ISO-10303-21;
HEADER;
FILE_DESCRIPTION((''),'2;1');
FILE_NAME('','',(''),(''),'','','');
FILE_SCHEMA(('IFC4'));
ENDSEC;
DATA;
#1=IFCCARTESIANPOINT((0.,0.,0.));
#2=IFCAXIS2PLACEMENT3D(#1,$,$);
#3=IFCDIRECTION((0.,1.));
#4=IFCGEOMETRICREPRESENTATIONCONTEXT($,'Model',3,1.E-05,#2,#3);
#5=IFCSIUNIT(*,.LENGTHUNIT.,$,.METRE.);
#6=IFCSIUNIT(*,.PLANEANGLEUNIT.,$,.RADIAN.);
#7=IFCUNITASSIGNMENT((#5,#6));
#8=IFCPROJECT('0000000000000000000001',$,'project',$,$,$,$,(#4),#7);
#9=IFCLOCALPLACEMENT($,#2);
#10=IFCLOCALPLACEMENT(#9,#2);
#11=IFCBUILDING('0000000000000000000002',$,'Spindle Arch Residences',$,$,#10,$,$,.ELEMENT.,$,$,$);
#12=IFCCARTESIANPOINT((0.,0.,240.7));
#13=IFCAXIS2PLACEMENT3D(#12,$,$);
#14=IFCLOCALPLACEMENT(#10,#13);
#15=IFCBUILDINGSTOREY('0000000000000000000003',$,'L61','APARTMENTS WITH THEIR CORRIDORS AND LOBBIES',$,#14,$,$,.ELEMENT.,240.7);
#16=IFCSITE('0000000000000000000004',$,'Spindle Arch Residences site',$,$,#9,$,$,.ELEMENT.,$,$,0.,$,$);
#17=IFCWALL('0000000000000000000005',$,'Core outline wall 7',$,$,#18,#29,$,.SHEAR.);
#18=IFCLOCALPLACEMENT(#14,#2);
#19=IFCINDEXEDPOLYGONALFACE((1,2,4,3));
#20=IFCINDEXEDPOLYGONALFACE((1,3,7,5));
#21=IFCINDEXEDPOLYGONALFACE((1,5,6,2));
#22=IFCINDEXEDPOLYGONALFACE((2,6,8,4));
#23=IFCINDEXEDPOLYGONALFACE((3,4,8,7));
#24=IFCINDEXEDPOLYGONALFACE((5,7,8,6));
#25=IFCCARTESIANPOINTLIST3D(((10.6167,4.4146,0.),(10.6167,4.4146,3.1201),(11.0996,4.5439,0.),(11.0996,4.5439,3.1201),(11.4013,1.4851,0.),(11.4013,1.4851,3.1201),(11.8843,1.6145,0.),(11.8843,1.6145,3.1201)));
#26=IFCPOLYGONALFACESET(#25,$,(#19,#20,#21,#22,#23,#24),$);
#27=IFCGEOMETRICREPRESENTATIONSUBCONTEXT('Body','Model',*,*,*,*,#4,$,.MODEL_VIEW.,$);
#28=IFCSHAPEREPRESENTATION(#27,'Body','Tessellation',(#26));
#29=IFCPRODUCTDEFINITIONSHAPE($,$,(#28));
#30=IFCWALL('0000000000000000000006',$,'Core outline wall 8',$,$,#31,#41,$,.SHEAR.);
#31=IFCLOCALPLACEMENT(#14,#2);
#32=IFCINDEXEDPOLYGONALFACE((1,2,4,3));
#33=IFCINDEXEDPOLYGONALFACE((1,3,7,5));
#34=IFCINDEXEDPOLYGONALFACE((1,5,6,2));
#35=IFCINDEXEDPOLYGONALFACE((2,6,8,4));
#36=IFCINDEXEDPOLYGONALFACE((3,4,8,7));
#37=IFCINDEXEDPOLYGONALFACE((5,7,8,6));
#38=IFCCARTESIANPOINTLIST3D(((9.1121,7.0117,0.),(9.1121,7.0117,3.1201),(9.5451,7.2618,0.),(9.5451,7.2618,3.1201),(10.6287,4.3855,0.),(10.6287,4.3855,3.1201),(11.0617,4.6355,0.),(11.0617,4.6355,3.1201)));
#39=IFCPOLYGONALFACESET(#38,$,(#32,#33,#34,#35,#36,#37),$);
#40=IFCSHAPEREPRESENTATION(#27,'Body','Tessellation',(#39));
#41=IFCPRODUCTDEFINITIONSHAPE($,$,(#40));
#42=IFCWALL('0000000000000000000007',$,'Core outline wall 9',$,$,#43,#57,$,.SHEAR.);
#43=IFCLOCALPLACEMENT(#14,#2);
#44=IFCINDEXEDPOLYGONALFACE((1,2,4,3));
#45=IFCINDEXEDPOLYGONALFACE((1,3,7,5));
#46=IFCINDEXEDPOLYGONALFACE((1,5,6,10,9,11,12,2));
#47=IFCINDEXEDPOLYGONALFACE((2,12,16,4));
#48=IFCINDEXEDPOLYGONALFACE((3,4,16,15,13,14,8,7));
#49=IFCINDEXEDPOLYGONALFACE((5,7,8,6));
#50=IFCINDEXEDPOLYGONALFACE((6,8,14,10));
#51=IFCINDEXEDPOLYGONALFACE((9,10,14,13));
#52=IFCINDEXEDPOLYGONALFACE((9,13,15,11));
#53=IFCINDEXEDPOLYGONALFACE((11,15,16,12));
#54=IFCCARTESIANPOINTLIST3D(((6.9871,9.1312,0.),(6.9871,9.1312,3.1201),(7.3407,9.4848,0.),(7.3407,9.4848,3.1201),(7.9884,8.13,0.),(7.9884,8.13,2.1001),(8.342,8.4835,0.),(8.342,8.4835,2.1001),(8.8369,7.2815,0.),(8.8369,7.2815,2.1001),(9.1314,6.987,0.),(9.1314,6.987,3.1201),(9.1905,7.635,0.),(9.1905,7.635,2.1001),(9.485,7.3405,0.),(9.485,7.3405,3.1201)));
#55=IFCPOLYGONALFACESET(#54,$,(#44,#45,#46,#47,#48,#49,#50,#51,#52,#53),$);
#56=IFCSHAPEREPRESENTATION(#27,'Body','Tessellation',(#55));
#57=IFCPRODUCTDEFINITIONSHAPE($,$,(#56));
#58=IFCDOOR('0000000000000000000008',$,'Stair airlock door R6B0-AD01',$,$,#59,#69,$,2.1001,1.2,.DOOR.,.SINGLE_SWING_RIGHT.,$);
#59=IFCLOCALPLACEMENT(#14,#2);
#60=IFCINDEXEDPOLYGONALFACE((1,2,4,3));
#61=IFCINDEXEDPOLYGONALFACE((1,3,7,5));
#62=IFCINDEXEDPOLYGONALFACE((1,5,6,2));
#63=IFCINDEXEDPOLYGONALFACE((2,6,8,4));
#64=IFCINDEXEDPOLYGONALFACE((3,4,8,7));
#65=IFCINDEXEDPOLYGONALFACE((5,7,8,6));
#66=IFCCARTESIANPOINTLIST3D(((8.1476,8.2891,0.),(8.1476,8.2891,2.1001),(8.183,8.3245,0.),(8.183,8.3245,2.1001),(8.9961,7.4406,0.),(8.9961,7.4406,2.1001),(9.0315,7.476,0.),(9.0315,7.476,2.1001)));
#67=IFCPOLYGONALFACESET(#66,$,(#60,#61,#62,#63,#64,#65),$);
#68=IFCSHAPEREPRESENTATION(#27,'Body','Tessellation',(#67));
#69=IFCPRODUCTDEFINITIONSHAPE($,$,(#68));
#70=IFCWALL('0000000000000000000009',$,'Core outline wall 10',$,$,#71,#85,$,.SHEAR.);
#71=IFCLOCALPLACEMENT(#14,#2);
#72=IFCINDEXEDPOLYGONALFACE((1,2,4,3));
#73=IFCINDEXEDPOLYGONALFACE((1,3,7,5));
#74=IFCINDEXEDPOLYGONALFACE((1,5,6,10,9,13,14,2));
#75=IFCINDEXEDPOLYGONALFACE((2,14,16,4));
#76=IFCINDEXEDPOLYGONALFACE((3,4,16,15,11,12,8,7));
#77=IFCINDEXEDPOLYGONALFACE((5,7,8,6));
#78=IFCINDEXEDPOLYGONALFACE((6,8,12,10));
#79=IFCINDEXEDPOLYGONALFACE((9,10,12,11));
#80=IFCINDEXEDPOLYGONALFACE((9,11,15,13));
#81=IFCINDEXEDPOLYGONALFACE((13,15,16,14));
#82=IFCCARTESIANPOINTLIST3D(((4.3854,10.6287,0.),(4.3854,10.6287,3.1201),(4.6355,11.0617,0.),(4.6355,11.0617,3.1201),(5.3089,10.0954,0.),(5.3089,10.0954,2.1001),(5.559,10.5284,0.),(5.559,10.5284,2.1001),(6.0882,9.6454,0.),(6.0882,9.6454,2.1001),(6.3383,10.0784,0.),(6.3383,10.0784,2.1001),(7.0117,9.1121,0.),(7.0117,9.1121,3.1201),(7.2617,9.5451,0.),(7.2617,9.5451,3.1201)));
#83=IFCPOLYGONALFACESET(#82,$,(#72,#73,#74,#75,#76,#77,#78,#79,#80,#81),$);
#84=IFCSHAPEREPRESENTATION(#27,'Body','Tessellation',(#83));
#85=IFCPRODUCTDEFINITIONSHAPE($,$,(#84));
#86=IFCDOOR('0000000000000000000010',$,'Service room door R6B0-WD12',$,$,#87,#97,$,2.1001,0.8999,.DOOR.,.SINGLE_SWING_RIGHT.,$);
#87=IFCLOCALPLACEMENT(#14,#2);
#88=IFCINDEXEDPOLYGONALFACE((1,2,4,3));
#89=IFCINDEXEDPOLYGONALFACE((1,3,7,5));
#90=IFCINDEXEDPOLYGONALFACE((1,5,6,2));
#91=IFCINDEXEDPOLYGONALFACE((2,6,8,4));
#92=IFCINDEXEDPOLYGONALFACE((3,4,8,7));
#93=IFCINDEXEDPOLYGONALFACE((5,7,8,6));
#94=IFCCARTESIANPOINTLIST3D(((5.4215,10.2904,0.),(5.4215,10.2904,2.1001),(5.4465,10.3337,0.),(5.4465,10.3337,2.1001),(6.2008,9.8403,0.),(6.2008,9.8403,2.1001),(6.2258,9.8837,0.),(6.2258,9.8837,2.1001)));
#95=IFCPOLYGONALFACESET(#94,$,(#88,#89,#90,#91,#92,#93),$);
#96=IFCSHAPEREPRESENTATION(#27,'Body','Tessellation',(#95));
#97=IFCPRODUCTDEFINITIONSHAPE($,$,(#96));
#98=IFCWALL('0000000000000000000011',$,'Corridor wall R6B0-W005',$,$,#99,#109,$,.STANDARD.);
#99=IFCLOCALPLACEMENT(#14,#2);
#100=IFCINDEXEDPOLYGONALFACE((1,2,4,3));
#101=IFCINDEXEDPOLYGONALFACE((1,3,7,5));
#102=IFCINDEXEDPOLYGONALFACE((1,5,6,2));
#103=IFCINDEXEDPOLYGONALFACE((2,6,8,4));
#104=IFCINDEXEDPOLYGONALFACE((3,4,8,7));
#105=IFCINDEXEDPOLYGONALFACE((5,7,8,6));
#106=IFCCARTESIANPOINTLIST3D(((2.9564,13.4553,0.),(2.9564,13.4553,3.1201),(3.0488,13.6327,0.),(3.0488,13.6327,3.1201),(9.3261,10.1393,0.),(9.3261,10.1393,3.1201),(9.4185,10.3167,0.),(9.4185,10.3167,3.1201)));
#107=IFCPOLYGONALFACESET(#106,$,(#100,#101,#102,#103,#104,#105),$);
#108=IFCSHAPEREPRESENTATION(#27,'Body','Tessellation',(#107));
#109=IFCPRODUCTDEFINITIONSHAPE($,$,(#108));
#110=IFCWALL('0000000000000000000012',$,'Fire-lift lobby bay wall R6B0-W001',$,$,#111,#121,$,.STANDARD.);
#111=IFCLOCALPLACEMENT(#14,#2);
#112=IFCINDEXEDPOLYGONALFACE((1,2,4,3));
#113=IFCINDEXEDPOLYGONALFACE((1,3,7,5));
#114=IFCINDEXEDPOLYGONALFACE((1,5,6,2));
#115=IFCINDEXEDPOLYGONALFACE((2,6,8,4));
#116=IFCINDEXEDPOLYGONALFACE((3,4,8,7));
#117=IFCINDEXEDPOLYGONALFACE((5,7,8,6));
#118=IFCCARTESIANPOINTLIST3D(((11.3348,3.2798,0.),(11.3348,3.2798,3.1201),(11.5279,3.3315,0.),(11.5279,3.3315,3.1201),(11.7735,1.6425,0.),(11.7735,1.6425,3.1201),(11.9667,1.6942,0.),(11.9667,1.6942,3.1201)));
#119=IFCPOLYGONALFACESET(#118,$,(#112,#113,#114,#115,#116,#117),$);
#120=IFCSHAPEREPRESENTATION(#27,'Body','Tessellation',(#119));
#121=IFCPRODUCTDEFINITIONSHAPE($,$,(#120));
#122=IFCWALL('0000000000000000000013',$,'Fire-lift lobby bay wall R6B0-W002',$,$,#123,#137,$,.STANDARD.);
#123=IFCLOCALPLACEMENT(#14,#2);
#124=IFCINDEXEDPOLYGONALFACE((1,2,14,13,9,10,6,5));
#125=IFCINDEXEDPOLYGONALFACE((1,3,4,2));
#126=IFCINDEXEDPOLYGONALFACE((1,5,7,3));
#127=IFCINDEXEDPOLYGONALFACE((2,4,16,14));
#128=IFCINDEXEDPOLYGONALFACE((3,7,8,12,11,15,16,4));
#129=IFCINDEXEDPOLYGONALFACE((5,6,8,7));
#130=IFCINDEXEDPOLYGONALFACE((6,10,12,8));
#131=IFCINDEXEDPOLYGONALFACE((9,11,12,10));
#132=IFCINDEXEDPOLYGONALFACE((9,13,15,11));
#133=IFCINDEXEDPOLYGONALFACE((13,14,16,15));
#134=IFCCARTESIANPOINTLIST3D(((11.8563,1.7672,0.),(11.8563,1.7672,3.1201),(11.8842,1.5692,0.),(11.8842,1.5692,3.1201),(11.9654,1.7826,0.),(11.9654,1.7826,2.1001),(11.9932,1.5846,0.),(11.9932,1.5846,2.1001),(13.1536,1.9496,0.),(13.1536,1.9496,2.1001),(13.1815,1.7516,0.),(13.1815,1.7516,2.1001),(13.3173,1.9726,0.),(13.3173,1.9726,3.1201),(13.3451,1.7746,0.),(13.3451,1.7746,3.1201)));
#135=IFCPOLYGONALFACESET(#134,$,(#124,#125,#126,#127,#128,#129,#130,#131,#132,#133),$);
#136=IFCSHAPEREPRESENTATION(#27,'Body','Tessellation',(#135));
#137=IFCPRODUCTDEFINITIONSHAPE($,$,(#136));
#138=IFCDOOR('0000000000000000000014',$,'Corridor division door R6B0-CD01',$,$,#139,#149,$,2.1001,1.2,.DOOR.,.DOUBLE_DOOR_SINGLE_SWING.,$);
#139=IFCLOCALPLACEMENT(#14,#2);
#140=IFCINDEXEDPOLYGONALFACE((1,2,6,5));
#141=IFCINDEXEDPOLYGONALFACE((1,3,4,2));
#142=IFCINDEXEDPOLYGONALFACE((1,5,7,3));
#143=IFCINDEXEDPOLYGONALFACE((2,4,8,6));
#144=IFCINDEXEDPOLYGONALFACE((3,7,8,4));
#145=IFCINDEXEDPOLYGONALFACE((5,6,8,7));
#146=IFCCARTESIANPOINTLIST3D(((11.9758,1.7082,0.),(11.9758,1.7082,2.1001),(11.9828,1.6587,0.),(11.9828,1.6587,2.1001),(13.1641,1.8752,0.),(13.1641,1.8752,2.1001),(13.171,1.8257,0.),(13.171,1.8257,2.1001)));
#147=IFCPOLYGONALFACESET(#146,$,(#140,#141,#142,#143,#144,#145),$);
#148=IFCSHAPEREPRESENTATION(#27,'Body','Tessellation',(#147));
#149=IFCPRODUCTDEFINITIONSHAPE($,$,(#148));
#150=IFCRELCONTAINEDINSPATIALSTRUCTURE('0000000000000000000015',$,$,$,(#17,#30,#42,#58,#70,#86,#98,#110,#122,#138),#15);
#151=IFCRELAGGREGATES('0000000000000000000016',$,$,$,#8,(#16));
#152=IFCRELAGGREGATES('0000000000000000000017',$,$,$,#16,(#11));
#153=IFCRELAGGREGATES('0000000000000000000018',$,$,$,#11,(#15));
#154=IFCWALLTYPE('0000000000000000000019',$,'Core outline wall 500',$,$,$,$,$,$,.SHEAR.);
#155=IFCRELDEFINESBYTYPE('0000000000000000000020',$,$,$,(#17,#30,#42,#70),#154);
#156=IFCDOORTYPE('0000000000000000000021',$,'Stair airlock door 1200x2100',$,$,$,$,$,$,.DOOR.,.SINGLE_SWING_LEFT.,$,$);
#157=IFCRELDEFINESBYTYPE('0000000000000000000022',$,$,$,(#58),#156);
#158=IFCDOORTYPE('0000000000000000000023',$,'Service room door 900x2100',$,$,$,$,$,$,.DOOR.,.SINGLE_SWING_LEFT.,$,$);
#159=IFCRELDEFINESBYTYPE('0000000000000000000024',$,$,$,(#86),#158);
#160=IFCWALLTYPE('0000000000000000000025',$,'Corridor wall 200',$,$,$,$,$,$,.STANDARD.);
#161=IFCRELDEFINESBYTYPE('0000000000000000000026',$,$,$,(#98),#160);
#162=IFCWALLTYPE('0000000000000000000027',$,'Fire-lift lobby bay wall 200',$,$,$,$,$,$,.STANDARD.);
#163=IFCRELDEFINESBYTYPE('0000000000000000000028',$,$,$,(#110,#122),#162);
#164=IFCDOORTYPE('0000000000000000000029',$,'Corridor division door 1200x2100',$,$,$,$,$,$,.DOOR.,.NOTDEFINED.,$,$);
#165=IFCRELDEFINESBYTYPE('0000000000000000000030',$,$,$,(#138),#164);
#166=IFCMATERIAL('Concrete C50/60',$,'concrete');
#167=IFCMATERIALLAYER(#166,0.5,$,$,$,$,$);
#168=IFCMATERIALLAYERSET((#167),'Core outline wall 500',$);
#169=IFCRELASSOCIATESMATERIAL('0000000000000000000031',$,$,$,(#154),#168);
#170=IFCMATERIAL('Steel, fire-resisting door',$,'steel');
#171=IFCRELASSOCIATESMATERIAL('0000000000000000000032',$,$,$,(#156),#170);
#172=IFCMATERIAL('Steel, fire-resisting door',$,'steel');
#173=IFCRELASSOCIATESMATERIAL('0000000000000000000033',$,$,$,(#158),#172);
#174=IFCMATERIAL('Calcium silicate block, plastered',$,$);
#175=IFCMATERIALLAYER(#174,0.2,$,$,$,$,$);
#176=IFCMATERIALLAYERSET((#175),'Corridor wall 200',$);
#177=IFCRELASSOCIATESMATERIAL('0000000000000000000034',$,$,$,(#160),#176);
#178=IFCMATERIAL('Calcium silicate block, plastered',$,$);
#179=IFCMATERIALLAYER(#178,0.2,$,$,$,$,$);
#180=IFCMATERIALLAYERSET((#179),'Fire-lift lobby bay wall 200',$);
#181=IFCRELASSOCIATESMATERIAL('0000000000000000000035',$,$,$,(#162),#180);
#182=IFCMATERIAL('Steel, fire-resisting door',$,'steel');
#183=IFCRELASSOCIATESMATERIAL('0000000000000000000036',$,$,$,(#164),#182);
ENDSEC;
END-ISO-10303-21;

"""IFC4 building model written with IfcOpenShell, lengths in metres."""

from ifc_helpers import new_model, si_unit, direction, frame, frame_2d, origin, place, context, subcontext, project, spatial, rectangle, extrude, material, layer, layer_set, type_object, element, fill, save


model = new_model("IFC4")

# Units and contexts
model_context = context("Model", 3, precision=1e-05, world=origin(), true_north=direction((0.0, 1.0)))
body_context = subcontext(model_context, "Body", "Model", "MODEL_VIEW")
ifc_project = project(units=[si_unit("LENGTHUNIT", "METRE"), si_unit("PLANEANGLEUNIT", "RADIAN")], contexts=[model_context])

# Site, building, storey
site_placement = place(None, origin())
site = spatial("IfcSite", under=ifc_project, at=site_placement, Name="Spindle Arch Residences site", CompositionType="ELEMENT", RefElevation=0.0)
building_placement = place(site_placement, origin())
building = spatial("IfcBuilding", under=site, at=building_placement, Name="Spindle Arch Residences", CompositionType="ELEMENT")
storey_placement = place(building_placement, frame((0.0, 0.0, 240.7)))
storey = spatial("IfcBuildingStorey", under=building, at=storey_placement, Name="L61", Description="APARTMENTS WITH THEIR CORRIDORS AND LOBBIES", CompositionType="ELEMENT", Elevation=240.7)

# Walls
ifc_material_1 = material(Name="Concrete C50/60", Category="concrete")
ifc_layer_1 = layer(ifc_material_1, 0.5)
ifc_layer_set_1 = layer_set([ifc_layer_1], Name="Core outline wall 500")
wall_type_1 = type_object("IfcWallType", Name="Core outline wall 500", PredefinedType="SHEAR", material=ifc_layer_set_1)
for number, where, z_axis, x_axis, name in (
    (1, (11.6428, 1.5498, 0.0), (0.0, 0.0, 1.0), (-0.258735, 0.965948, 0.0), "Core outline wall 7"),
    (2, (10.8452, 4.5105, 0.0), (0.0, 0.0, 1.0), (-0.500087, 0.865975, 0.0), "Core outline wall 8"),
):
    element("IfcWall", number, at=place(storey_placement, frame(where, z_axis=z_axis, x_axis=x_axis)), inside=storey, type_object=wall_type_1, Name=name, PredefinedType="SHEAR", context=body_context, shape_type="SweptSolid", body=[
        extrude(rectangle(XDim=3.0327, YDim=0.5, at=frame_2d((1.5164, 0.0))), origin(), (0.0, 0.0, 1.0), 3.1201),
    ])

# Walls, openings, doors
wall_1_placement = place(storey_placement, frame((9.3081, 7.1638, 0.0), z_axis=(0.0, 0.0, 1.0), x_axis=(-0.707107, 0.707107, 0.0)))
wall_1 = element("IfcWall", 3, at=wall_1_placement, inside=storey, type_object=wall_type_1, Name="Core outline wall 9", PredefinedType="SHEAR", context=body_context, shape_type="SweptSolid", body=[
    extrude(rectangle(XDim=3.0325, YDim=0.5, at=frame_2d((1.5161, 0.0))), origin(), (0.0, 0.0, 1.0), 3.1201),
])
opening_1_placement = place(wall_1_placement, frame((0.4163, 0.0, 0.0)))
opening_1 = element("IfcOpeningElement", 4, at=opening_1_placement, cuts=wall_1, PredefinedType="OPENING", context=body_context, shape_type="SweptSolid", body=[
    extrude(rectangle(XDim=1.2, YDim=2.1001, at=frame_2d((0.6001, 1.05))), frame((0.0, 0.26, 0.0), z_axis=(0.0, -1.0, 0.0), x_axis=(1.0, 0.0, 0.0)), (0.0, 0.0, 1.0), 0.52),
])
ifc_material_2 = material(Name="Steel, fire-resisting door", Category="steel")
door_type_1 = type_object("IfcDoorType", Name="Stair airlock door 1200x2100", OperationType="SINGLE_SWING_LEFT", PredefinedType="DOOR", material=ifc_material_2)
door_1_placement = place(opening_1_placement, origin())
door_1 = element("IfcDoor", 5, at=door_1_placement, inside=storey, type_object=door_type_1, Name="Stair airlock door R6B0-AD01", OperationType="SINGLE_SWING_RIGHT", OverallHeight=2.1001, OverallWidth=1.2, PredefinedType="DOOR", context=body_context, shape_type="SweptSolid", body=[
    extrude(rectangle(XDim=1.2, YDim=2.1001, at=frame_2d((0.6001, 1.05))), frame((0.0, 0.0249, 0.0), z_axis=(0.0, -1.0, 0.0), x_axis=(1.0, 0.0, 0.0)), (0.0, 0.0, 1.0), 0.05),
])
fill(opening_1, door_1)
wall_2_placement = place(storey_placement, frame((7.1367, 9.3286, 0.0), z_axis=(0.0, 0.0, 1.0), x_axis=(-0.865975, 0.500087, 0.0)))
wall_2 = element("IfcWall", 6, at=wall_2_placement, inside=storey, type_object=wall_type_1, Name="Core outline wall 10", PredefinedType="SHEAR", context=body_context, shape_type="SweptSolid", body=[
    extrude(rectangle(XDim=3.0327, YDim=0.5, at=frame_2d((1.5164, 0.0))), origin(), (0.0, 0.0, 1.0), 3.1201),
])
opening_2_placement = place(wall_2_placement, frame((1.0664, 0.0, 0.0)))
opening_2 = element("IfcOpeningElement", 7, at=opening_2_placement, cuts=wall_2, PredefinedType="OPENING", context=body_context, shape_type="SweptSolid", body=[
    extrude(rectangle(XDim=0.8999, YDim=2.1001, at=frame_2d((0.45, 1.05))), frame((0.0, 0.26, 0.0), z_axis=(0.0, -1.0, 0.0), x_axis=(1.0, 0.0, 0.0)), (0.0, 0.0, 1.0), 0.52),
])
ifc_material_3 = material(Name="Steel, fire-resisting door", Category="steel")
door_type_2 = type_object("IfcDoorType", Name="Service room door 900x2100", OperationType="SINGLE_SWING_LEFT", PredefinedType="DOOR", material=ifc_material_3)
door_2_placement = place(opening_2_placement, origin())
door_2 = element("IfcDoor", 8, at=door_2_placement, inside=storey, type_object=door_type_2, Name="Service room door R6B0-WD12", OperationType="SINGLE_SWING_RIGHT", OverallHeight=2.1001, OverallWidth=0.8999, PredefinedType="DOOR", context=body_context, shape_type="SweptSolid", body=[
    extrude(rectangle(XDim=0.8999, YDim=2.1001, at=frame_2d((0.45, 1.05))), frame((0.0, 0.0249, 0.0), z_axis=(0.0, -1.0, 0.0), x_axis=(1.0, 0.0, 0.0)), (0.0, 0.0, 1.0), 0.05),
])
fill(opening_2, door_2)

# Walls
ifc_material_4 = material(Name="Calcium silicate block, plastered")
ifc_layer_2 = layer(ifc_material_4, 0.2)
ifc_layer_set_2 = layer_set([ifc_layer_2], Name="Corridor wall 200")
wall_type_2 = type_object("IfcWallType", Name="Corridor wall 200", PredefinedType="STANDARD", material=ifc_layer_set_2)
wall_3_placement = place(storey_placement, frame((9.3723, 10.228, 0.0), z_axis=(0.0, 0.0, 1.0), x_axis=(-0.887005, 0.461759, 0.0)))
element("IfcWall", 9, at=wall_3_placement, inside=storey, type_object=wall_type_2, Name="Corridor wall R6B0-W005", PredefinedType="STANDARD", context=body_context, shape_type="SweptSolid", body=[
    extrude(rectangle(XDim=7.1812, YDim=0.2, at=frame_2d((3.5906, 0.0))), origin(), (0.0, 0.0, 1.0), 3.1201),
])
ifc_material_5 = material(Name="Calcium silicate block, plastered")
ifc_layer_3 = layer(ifc_material_5, 0.2)
ifc_layer_set_3 = layer_set([ifc_layer_3], Name="Fire-lift lobby bay wall 200")
wall_type_3 = type_object("IfcWallType", Name="Fire-lift lobby bay wall 200", PredefinedType="STANDARD", material=ifc_layer_set_3)
wall_4_placement = place(storey_placement, frame((11.8701, 1.6682, 0.0), z_axis=(0.0, 0.0, 1.0), x_axis=(-0.258837, 0.965921, 0.0)))
element("IfcWall", 10, at=wall_4_placement, inside=storey, type_object=wall_type_3, Name="Fire-lift lobby bay wall R6B0-W001", PredefinedType="STANDARD", context=body_context, shape_type="SweptSolid", body=[
    extrude(rectangle(XDim=1.6951, YDim=0.2, at=frame_2d((0.8477, 0.0))), origin(), (0.0, 0.0, 1.0), 3.1201),
])

# Wall, opening, door
wall_5_placement = place(storey_placement, frame((11.8701, 1.6682, 0.0), z_axis=(0.0, 0.0, 1.0), x_axis=(0.990268, 0.139174, 0.0)))
wall_5 = element("IfcWall", 11, at=wall_5_placement, inside=storey, type_object=wall_type_3, Name="Fire-lift lobby bay wall R6B0-W002", PredefinedType="STANDARD", context=body_context, shape_type="SweptSolid", body=[
    extrude(rectangle(XDim=1.4753, YDim=0.2, at=frame_2d((0.7378, 0.0))), origin(), (0.0, 0.0, 1.0), 3.1201),
])
opening_3_placement = place(wall_5_placement, frame((0.1101, 0.0, 0.0)))
opening_3 = element("IfcOpeningElement", 12, at=opening_3_placement, cuts=wall_5, PredefinedType="OPENING", context=body_context, shape_type="SweptSolid", body=[
    extrude(rectangle(XDim=1.2, YDim=2.1001, at=frame_2d((0.6001, 1.05))), frame((0.0, 0.1099, 0.0), z_axis=(0.0, -1.0, 0.0), x_axis=(1.0, 0.0, 0.0)), (0.0, 0.0, 1.0), 0.22),
])
ifc_material_6 = material(Name="Steel, fire-resisting door", Category="steel")
door_type_3 = type_object("IfcDoorType", Name="Corridor division door 1200x2100", OperationType="NOTDEFINED", PredefinedType="DOOR", material=ifc_material_6)
door_3_placement = place(opening_3_placement, origin())
door_3 = element("IfcDoor", 13, at=door_3_placement, inside=storey, type_object=door_type_3, Name="Corridor division door R6B0-CD01", OperationType="DOUBLE_DOOR_SINGLE_SWING", OverallHeight=2.1001, OverallWidth=1.2, PredefinedType="DOOR", context=body_context, shape_type="SweptSolid", body=[
    extrude(rectangle(XDim=1.2, YDim=2.1001, at=frame_2d((0.6001, 1.05))), frame((0.0, 0.0249, 0.0), z_axis=(0.0, -1.0, 0.0), x_axis=(1.0, 0.0, 0.0)), (0.0, 0.0, 1.0), 0.05),
])
fill(opening_3, door_3)

save(model, "model.ifc")
